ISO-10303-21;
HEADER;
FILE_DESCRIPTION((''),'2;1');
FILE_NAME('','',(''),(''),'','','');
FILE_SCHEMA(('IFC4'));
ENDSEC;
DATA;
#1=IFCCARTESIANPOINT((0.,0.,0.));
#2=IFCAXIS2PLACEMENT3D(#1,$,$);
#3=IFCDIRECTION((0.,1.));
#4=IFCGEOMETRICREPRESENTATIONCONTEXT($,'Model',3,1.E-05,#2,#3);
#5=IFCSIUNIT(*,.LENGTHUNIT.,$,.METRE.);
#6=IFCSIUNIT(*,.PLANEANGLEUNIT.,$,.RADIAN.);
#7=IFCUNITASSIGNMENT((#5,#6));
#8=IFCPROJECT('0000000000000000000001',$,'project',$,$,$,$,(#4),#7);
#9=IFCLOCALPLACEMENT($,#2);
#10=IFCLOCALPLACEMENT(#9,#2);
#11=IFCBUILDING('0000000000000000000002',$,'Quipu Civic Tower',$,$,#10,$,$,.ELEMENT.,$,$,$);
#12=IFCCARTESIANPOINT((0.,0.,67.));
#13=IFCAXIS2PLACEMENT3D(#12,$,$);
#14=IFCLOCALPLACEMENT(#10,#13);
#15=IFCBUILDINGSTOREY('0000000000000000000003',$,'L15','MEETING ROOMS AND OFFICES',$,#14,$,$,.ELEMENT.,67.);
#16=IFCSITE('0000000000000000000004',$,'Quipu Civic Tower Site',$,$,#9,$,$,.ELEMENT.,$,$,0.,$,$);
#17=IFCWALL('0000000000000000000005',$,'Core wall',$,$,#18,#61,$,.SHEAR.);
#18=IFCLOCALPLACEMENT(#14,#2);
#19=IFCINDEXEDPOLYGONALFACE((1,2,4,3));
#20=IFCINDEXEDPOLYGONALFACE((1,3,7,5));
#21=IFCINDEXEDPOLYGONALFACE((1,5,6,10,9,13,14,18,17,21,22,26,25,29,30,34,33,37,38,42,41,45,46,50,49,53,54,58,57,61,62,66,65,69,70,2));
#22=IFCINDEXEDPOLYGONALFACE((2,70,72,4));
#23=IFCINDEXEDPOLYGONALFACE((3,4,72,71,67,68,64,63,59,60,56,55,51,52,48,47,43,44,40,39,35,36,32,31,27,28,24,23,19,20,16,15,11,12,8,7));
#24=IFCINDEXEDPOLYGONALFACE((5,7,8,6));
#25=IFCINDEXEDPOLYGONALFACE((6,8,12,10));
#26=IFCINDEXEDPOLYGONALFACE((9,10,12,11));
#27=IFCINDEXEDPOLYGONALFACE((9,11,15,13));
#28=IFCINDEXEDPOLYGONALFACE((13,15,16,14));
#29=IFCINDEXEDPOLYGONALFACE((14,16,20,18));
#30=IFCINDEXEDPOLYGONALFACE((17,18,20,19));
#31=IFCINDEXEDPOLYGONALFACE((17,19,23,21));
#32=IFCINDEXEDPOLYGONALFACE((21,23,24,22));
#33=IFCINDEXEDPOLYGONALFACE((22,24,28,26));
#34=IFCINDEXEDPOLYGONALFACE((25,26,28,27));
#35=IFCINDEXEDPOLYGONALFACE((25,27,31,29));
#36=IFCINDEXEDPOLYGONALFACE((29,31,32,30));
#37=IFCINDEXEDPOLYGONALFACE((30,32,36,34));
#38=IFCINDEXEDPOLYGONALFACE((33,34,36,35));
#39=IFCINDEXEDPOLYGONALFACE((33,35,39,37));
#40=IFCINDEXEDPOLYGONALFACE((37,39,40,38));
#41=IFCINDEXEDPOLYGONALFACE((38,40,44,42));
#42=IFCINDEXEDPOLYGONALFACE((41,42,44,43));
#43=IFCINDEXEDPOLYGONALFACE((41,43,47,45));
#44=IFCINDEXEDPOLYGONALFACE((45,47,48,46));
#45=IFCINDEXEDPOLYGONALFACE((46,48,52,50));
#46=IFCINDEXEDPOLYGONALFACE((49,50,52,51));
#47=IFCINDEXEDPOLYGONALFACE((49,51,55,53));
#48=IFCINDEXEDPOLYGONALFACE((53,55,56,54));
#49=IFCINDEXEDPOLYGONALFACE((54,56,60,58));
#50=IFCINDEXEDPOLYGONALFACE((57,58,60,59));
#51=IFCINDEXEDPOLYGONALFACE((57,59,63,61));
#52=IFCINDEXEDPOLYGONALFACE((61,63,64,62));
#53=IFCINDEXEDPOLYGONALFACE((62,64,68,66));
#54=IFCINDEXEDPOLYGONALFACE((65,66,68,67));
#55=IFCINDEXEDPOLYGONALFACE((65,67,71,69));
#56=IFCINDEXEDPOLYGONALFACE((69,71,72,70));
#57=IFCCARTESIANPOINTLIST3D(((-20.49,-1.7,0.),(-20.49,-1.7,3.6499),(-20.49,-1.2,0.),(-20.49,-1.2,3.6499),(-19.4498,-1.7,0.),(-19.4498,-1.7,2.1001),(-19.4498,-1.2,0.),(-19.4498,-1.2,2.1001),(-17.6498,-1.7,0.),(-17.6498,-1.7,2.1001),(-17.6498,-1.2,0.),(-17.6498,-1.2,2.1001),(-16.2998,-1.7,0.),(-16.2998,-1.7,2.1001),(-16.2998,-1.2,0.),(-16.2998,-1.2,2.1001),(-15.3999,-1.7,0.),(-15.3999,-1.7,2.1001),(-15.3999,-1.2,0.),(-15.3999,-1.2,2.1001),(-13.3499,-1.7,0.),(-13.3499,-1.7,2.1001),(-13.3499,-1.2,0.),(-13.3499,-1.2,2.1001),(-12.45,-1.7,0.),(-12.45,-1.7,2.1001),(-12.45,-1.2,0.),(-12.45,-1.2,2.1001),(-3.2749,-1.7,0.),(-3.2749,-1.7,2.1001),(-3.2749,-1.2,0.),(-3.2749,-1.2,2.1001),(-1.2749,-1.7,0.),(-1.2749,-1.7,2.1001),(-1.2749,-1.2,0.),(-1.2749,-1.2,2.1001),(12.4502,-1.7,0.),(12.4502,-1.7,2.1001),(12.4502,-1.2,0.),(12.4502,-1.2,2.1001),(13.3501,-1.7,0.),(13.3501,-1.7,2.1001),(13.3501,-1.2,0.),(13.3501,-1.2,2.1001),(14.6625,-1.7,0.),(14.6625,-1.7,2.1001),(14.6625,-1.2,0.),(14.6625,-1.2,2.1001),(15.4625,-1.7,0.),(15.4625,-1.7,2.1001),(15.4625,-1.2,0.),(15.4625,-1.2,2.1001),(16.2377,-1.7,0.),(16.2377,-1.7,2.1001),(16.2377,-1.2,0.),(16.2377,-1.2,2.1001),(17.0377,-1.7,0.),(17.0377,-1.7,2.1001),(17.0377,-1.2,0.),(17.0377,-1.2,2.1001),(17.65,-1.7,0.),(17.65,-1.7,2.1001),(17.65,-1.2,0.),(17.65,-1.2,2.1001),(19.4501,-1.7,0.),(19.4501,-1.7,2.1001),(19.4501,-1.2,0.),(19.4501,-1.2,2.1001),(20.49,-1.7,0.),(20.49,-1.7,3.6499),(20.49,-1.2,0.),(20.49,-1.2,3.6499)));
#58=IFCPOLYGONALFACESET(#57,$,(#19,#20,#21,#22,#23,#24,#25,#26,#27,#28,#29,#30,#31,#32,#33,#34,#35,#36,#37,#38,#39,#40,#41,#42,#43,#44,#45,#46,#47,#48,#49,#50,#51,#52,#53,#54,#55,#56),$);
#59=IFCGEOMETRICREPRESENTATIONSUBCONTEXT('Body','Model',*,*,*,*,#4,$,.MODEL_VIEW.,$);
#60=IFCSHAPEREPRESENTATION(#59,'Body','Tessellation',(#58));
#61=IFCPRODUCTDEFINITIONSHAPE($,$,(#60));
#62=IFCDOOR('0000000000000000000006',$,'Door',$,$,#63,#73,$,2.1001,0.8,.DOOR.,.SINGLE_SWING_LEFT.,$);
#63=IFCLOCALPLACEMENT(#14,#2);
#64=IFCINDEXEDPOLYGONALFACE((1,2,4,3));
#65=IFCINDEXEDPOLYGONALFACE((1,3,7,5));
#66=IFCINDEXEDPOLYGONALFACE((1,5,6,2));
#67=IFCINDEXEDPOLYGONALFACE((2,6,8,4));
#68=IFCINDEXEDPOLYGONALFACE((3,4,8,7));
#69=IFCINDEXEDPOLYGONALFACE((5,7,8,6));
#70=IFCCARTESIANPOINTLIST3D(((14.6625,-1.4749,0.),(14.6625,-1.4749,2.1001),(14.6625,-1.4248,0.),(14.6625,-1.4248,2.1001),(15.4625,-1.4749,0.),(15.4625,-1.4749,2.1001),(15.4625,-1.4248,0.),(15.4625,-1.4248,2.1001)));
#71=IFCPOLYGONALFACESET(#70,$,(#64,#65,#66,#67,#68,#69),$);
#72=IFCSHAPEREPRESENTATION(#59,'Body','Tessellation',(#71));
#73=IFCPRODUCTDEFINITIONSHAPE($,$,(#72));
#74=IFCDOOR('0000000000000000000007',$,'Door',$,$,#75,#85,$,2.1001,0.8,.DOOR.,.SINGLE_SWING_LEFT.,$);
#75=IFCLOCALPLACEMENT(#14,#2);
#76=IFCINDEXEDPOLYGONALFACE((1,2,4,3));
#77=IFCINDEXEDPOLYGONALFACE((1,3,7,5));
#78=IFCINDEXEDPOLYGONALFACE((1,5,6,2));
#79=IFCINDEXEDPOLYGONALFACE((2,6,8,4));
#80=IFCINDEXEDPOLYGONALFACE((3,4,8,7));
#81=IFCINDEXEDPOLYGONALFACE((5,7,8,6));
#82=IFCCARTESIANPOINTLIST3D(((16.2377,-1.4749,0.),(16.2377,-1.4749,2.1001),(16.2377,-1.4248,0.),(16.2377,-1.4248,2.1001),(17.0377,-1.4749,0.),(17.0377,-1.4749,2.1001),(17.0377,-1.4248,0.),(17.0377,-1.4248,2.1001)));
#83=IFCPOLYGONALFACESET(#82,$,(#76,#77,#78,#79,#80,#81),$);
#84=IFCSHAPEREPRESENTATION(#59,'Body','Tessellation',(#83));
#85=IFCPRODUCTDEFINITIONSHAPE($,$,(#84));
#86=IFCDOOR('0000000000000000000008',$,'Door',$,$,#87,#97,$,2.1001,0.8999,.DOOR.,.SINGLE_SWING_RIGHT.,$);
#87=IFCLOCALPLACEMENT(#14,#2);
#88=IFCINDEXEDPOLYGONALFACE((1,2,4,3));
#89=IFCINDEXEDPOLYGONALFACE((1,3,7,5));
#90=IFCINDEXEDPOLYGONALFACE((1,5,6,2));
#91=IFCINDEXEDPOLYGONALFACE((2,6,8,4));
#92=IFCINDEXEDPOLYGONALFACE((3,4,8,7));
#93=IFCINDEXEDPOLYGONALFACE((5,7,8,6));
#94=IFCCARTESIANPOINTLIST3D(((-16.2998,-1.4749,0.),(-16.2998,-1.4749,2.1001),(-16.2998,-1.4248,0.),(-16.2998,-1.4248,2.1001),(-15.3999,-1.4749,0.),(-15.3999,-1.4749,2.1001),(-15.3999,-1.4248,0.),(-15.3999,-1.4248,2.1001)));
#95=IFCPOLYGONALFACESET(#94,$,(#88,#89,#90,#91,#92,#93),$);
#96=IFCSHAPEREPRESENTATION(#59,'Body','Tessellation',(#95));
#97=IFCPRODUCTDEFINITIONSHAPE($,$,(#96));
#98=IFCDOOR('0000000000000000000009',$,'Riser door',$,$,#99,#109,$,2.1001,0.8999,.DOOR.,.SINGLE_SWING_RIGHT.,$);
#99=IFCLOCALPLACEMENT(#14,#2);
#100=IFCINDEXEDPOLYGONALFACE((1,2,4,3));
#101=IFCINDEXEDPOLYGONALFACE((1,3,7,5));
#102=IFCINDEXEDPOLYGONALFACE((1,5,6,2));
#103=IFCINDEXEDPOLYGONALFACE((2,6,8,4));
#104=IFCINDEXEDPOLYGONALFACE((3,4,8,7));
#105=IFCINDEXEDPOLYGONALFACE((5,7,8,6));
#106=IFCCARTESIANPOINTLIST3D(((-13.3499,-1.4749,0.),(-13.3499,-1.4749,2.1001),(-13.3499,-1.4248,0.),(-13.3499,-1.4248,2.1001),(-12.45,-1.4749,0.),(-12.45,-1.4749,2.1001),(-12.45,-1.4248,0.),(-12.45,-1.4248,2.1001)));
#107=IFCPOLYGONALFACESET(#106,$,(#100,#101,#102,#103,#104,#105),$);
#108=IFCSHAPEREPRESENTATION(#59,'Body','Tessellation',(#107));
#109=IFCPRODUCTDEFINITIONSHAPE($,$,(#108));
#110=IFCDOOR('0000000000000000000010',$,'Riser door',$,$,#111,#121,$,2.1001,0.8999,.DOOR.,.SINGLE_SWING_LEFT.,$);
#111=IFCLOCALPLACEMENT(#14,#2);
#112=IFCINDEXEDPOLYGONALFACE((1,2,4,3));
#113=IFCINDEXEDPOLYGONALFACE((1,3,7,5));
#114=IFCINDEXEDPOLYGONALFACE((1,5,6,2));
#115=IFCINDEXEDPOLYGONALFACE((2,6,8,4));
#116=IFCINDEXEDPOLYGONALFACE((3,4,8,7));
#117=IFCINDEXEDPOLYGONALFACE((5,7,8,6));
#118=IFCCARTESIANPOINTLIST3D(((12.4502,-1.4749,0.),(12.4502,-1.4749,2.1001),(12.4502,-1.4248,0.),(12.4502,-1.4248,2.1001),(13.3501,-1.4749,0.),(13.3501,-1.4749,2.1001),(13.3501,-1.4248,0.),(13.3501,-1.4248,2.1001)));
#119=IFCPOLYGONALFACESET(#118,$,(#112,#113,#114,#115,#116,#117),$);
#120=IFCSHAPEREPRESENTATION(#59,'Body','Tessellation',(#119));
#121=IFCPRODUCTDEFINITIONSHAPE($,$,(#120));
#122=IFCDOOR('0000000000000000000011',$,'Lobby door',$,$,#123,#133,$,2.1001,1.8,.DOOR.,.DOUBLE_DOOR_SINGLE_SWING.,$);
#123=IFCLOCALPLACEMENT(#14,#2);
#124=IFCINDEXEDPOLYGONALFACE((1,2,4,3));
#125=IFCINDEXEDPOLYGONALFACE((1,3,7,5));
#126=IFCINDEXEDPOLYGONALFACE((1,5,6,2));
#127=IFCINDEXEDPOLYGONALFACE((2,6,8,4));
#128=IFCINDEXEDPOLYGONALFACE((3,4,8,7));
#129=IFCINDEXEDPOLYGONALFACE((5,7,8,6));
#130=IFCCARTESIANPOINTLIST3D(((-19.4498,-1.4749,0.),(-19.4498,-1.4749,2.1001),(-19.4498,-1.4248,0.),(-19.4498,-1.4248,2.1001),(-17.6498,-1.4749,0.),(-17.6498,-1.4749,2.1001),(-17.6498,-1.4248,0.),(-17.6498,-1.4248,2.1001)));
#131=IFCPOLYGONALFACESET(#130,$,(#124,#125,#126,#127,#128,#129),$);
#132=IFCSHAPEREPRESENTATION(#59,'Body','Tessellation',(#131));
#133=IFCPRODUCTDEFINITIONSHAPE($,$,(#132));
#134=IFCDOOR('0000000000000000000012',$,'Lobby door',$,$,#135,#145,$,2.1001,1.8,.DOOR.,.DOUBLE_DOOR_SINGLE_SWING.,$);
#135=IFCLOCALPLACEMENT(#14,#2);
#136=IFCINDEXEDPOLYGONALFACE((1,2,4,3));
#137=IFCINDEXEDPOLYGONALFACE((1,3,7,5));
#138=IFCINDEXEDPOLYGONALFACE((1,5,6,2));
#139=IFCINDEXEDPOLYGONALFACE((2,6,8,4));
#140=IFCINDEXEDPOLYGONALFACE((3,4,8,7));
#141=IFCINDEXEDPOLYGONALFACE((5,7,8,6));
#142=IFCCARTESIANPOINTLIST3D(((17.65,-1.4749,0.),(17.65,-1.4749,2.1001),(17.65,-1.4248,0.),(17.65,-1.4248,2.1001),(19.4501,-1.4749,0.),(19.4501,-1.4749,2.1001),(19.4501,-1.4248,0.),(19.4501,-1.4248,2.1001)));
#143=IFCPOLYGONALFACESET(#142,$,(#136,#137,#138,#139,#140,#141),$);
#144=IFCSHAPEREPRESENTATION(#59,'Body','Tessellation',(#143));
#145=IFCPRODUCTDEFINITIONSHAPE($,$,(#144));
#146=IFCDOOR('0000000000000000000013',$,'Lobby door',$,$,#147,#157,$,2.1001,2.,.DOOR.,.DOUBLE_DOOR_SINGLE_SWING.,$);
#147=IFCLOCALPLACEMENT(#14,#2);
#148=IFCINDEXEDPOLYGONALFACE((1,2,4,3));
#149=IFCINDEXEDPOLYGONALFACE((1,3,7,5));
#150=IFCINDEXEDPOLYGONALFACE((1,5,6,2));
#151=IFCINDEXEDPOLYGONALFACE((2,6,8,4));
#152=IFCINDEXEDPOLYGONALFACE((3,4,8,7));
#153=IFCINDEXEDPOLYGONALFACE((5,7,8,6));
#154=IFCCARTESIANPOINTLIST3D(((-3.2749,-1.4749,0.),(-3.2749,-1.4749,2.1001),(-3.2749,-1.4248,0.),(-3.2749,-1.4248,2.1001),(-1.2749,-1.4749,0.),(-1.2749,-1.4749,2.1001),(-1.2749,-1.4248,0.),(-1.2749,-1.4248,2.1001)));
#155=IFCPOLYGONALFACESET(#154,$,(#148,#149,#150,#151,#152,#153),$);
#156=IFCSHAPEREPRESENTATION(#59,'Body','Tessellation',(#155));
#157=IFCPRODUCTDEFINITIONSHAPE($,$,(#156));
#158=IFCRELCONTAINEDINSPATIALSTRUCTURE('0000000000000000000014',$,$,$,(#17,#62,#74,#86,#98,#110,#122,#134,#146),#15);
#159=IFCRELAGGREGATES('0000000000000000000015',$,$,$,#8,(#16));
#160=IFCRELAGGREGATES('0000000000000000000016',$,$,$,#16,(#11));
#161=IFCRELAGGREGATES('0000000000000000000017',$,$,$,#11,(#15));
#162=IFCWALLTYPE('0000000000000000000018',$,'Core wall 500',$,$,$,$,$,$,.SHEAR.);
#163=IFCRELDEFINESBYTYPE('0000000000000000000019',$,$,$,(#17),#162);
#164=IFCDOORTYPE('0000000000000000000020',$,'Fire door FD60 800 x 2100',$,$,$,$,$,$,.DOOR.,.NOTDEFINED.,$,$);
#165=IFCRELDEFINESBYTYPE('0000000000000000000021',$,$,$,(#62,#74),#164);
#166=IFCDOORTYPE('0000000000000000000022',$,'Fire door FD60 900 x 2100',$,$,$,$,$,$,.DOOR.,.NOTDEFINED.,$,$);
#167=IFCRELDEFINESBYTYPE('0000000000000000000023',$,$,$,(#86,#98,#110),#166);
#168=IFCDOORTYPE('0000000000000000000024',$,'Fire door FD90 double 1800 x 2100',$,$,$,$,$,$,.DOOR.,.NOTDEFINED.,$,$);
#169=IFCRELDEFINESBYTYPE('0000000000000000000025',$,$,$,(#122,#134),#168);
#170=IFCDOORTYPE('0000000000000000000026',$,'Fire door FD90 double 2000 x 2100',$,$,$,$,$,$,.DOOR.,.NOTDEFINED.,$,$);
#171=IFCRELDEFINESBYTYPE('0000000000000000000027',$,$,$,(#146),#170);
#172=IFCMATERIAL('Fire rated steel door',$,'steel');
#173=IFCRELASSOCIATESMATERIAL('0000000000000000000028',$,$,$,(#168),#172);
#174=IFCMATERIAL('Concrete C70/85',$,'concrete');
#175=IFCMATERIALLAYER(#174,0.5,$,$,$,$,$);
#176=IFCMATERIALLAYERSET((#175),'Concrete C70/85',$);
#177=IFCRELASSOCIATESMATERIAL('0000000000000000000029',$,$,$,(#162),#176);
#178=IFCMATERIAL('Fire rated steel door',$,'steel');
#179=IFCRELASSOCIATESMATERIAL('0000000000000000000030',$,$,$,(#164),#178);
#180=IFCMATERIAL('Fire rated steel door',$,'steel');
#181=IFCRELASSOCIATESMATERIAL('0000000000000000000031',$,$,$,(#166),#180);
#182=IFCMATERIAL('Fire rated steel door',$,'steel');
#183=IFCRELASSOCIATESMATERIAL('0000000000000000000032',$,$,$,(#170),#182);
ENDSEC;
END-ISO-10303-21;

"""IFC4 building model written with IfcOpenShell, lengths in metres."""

from ifc_helpers import new_model, si_unit, direction, frame, frame_2d, origin, place, context, subcontext, project, spatial, rectangle, extrude, material, layer, layer_set, type_object, element, fill, save


model = new_model("IFC4")

# Units and contexts
model_context = context("Model", 3, precision=1e-05, world=origin(), true_north=direction((0.0, 1.0)))
body_context = subcontext(model_context, "Body", "Model", "MODEL_VIEW")
ifc_project = project(units=[si_unit("LENGTHUNIT", "METRE"), si_unit("PLANEANGLEUNIT", "RADIAN")], contexts=[model_context])

# Site, building, storey
site_placement = place(None, origin())
site = spatial("IfcSite", under=ifc_project, at=site_placement, Name="Quipu Civic Tower Site", CompositionType="ELEMENT", RefElevation=0.0)
building_placement = place(site_placement, origin())
building = spatial("IfcBuilding", under=site, at=building_placement, Name="Quipu Civic Tower", CompositionType="ELEMENT")
storey_placement = place(building_placement, frame((0.0, 0.0, 67.0)))
storey = spatial("IfcBuildingStorey", under=building, at=storey_placement, Name="L15", Description="MEETING ROOMS AND OFFICES", CompositionType="ELEMENT", Elevation=67.0)

# Shared definitions
ifc_material_1 = material(Name="Fire rated steel door", Category="steel")
door_type_1 = type_object("IfcDoorType", Name="Fire door FD90 double 1800 x 2100", OperationType="NOTDEFINED", PredefinedType="DOOR", material=ifc_material_1)

# Wall, openings, doors
ifc_material_2 = material(Name="Concrete C70/85", Category="concrete")
ifc_layer_1 = layer(ifc_material_2, 0.5)
ifc_layer_set_1 = layer_set([ifc_layer_1], Name="Concrete C70/85")
wall_type_1 = type_object("IfcWallType", Name="Core wall 500", PredefinedType="SHEAR", material=ifc_layer_set_1)
wall_1_placement = place(storey_placement, frame((20.49, -1.45, 0.0), z_axis=(0.0, 0.0, 1.0), x_axis=(-1.0, 0.0, 0.0)))
wall_1 = element("IfcWall", 1, at=wall_1_placement, inside=storey, type_object=wall_type_1, Name="Core wall", PredefinedType="SHEAR", context=body_context, shape_type="SweptSolid", body=[
    extrude(rectangle(XDim=40.98, YDim=0.5, at=frame_2d((20.49, 0.0))), origin(), (0.0, 0.0, 1.0), 3.6499),
])
opening_1_placement = place(wall_1_placement, frame((38.1399, 0.0, 0.0)))
opening_1 = element("IfcOpeningElement", 2, at=opening_1_placement, cuts=wall_1, PredefinedType="OPENING", context=body_context, shape_type="SweptSolid", body=[
    extrude(rectangle(XDim=1.8, YDim=2.1001, at=frame_2d((0.8999, 1.05))), frame((0.0, 0.26, 0.0), z_axis=(0.0, -1.0, 0.0), x_axis=(1.0, 0.0, 0.0)), (0.0, 0.0, 1.0), 0.52),
])
opening_2_placement = place(wall_1_placement, frame((35.8899, 0.0, 0.0)))
opening_2 = element("IfcOpeningElement", 3, at=opening_2_placement, cuts=wall_1, PredefinedType="OPENING", context=body_context, shape_type="SweptSolid", body=[
    extrude(rectangle(XDim=0.8999, YDim=2.1001, at=frame_2d((0.45, 1.05))), frame((0.0, 0.26, 0.0), z_axis=(0.0, -1.0, 0.0), x_axis=(1.0, 0.0, 0.0)), (0.0, 0.0, 1.0), 0.52),
])
opening_3_placement = place(wall_1_placement, frame((32.9399, 0.0, 0.0)))
opening_3 = element("IfcOpeningElement", 4, at=opening_3_placement, cuts=wall_1, PredefinedType="OPENING", context=body_context, shape_type="SweptSolid", body=[
    extrude(rectangle(XDim=0.8999, YDim=2.1001, at=frame_2d((0.45, 1.05))), frame((0.0, 0.26, 0.0), z_axis=(0.0, -1.0, 0.0), x_axis=(1.0, 0.0, 0.0)), (0.0, 0.0, 1.0), 0.52),
])
opening_4_placement = place(wall_1_placement, frame((21.7649, 0.0, 0.0)))
opening_4 = element("IfcOpeningElement", 5, at=opening_4_placement, cuts=wall_1, PredefinedType="OPENING", context=body_context, shape_type="SweptSolid", body=[
    extrude(rectangle(XDim=2.0, YDim=2.1001, at=frame_2d((1.0, 1.05))), frame((0.0, 0.26, 0.0), z_axis=(0.0, -1.0, 0.0), x_axis=(1.0, 0.0, 0.0)), (0.0, 0.0, 1.0), 0.52),
])
opening_5_placement = place(wall_1_placement, frame((7.1399, 0.0, 0.0)))
opening_5 = element("IfcOpeningElement", 6, at=opening_5_placement, cuts=wall_1, PredefinedType="OPENING", context=body_context, shape_type="SweptSolid", body=[
    extrude(rectangle(XDim=0.8999, YDim=2.1001, at=frame_2d((0.45, 1.05))), frame((0.0, 0.26, 0.0), z_axis=(0.0, -1.0, 0.0), x_axis=(1.0, 0.0, 0.0)), (0.0, 0.0, 1.0), 0.52),
])
opening_6_placement = place(wall_1_placement, frame((5.0276, 0.0, 0.0)))
opening_6 = element("IfcOpeningElement", 7, at=opening_6_placement, cuts=wall_1, PredefinedType="OPENING", context=body_context, shape_type="SweptSolid", body=[
    extrude(rectangle(XDim=0.8, YDim=2.1001, at=frame_2d((0.3999, 1.05))), frame((0.0, 0.26, 0.0), z_axis=(0.0, -1.0, 0.0), x_axis=(1.0, 0.0, 0.0)), (0.0, 0.0, 1.0), 0.52),
])
opening_7_placement = place(wall_1_placement, frame((3.4524, 0.0, 0.0)))
opening_7 = element("IfcOpeningElement", 8, at=opening_7_placement, cuts=wall_1, PredefinedType="OPENING", context=body_context, shape_type="SweptSolid", body=[
    extrude(rectangle(XDim=0.8, YDim=2.1001, at=frame_2d((0.3999, 1.05))), frame((0.0, 0.26, 0.0), z_axis=(0.0, -1.0, 0.0), x_axis=(1.0, 0.0, 0.0)), (0.0, 0.0, 1.0), 0.52),
])
opening_8_placement = place(wall_1_placement, frame((1.04, 0.0, 0.0)))
opening_8 = element("IfcOpeningElement", 9, at=opening_8_placement, cuts=wall_1, PredefinedType="OPENING", context=body_context, shape_type="SweptSolid", body=[
    extrude(rectangle(XDim=1.8, YDim=2.1001, at=frame_2d((0.8999, 1.05))), frame((0.0, 0.26, 0.0), z_axis=(0.0, -1.0, 0.0), x_axis=(1.0, 0.0, 0.0)), (0.0, 0.0, 1.0), 0.52),
])
ifc_material_3 = material(Name="Fire rated steel door", Category="steel")
door_type_2 = type_object("IfcDoorType", Name="Fire door FD60 800 x 2100", OperationType="NOTDEFINED", PredefinedType="DOOR", material=ifc_material_3)
door_1_placement = place(opening_6_placement, origin())
door_1 = element("IfcDoor", 10, at=door_1_placement, inside=storey, type_object=door_type_2, Name="Door", OperationType="SINGLE_SWING_LEFT", OverallHeight=2.1001, OverallWidth=0.8, PredefinedType="DOOR", context=body_context, shape_type="SweptSolid", body=[
    extrude(rectangle(XDim=0.8, YDim=2.1001, at=frame_2d((0.3999, 1.05))), frame((0.0, 0.0249, 0.0), z_axis=(0.0, -1.0, 0.0), x_axis=(1.0, 0.0, 0.0)), (0.0, 0.0, 1.0), 0.05),
])
fill(opening_6, door_1)
door_2_placement = place(opening_7_placement, origin())
door_2 = element("IfcDoor", 11, at=door_2_placement, inside=storey, type_object=door_type_2, Name="Door", OperationType="SINGLE_SWING_LEFT", OverallHeight=2.1001, OverallWidth=0.8, PredefinedType="DOOR", context=body_context, shape_type="SweptSolid", body=[
    extrude(rectangle(XDim=0.8, YDim=2.1001, at=frame_2d((0.3999, 1.05))), frame((0.0, 0.0249, 0.0), z_axis=(0.0, -1.0, 0.0), x_axis=(1.0, 0.0, 0.0)), (0.0, 0.0, 1.0), 0.05),
])
fill(opening_7, door_2)
ifc_material_4 = material(Name="Fire rated steel door", Category="steel")
door_type_3 = type_object("IfcDoorType", Name="Fire door FD60 900 x 2100", OperationType="NOTDEFINED", PredefinedType="DOOR", material=ifc_material_4)
door_3_placement = place(opening_2_placement, origin())
door_3 = element("IfcDoor", 12, at=door_3_placement, inside=storey, type_object=door_type_3, Name="Door", OperationType="SINGLE_SWING_RIGHT", OverallHeight=2.1001, OverallWidth=0.8999, PredefinedType="DOOR", context=body_context, shape_type="SweptSolid", body=[
    extrude(rectangle(XDim=0.8999, YDim=2.1001, at=frame_2d((0.45, 1.05))), frame((0.0, 0.0249, 0.0), z_axis=(0.0, -1.0, 0.0), x_axis=(1.0, 0.0, 0.0)), (0.0, 0.0, 1.0), 0.05),
])
fill(opening_2, door_3)
door_4_placement = place(opening_3_placement, origin())
door_4 = element("IfcDoor", 13, at=door_4_placement, inside=storey, type_object=door_type_3, Name="Riser door", OperationType="SINGLE_SWING_RIGHT", OverallHeight=2.1001, OverallWidth=0.8999, PredefinedType="DOOR", context=body_context, shape_type="SweptSolid", body=[
    extrude(rectangle(XDim=0.8999, YDim=2.1001, at=frame_2d((0.45, 1.05))), frame((0.0, 0.0249, 0.0), z_axis=(0.0, -1.0, 0.0), x_axis=(1.0, 0.0, 0.0)), (0.0, 0.0, 1.0), 0.05),
])
fill(opening_3, door_4)
door_5_placement = place(opening_5_placement, origin())
door_5 = element("IfcDoor", 14, at=door_5_placement, inside=storey, type_object=door_type_3, Name="Riser door", OperationType="SINGLE_SWING_LEFT", OverallHeight=2.1001, OverallWidth=0.8999, PredefinedType="DOOR", context=body_context, shape_type="SweptSolid", body=[
    extrude(rectangle(XDim=0.8999, YDim=2.1001, at=frame_2d((0.45, 1.05))), frame((0.0, 0.0249, 0.0), z_axis=(0.0, -1.0, 0.0), x_axis=(1.0, 0.0, 0.0)), (0.0, 0.0, 1.0), 0.05),
])
fill(opening_5, door_5)
door_6_placement = place(opening_1_placement, origin())
door_6 = element("IfcDoor", 15, at=door_6_placement, inside=storey, type_object=door_type_1, Name="Lobby door", OperationType="DOUBLE_DOOR_SINGLE_SWING", OverallHeight=2.1001, OverallWidth=1.8, PredefinedType="DOOR", context=body_context, shape_type="SweptSolid", body=[
    extrude(rectangle(XDim=1.8, YDim=2.1001, at=frame_2d((0.8999, 1.05))), frame((0.0, 0.0249, 0.0), z_axis=(0.0, -1.0, 0.0), x_axis=(1.0, 0.0, 0.0)), (0.0, 0.0, 1.0), 0.05),
])
fill(opening_1, door_6)
door_7_placement = place(opening_8_placement, origin())
door_7 = element("IfcDoor", 16, at=door_7_placement, inside=storey, type_object=door_type_1, Name="Lobby door", OperationType="DOUBLE_DOOR_SINGLE_SWING", OverallHeight=2.1001, OverallWidth=1.8, PredefinedType="DOOR", context=body_context, shape_type="SweptSolid", body=[
    extrude(rectangle(XDim=1.8, YDim=2.1001, at=frame_2d((0.8999, 1.05))), frame((0.0, 0.0249, 0.0), z_axis=(0.0, -1.0, 0.0), x_axis=(1.0, 0.0, 0.0)), (0.0, 0.0, 1.0), 0.05),
])
fill(opening_8, door_7)
ifc_material_5 = material(Name="Fire rated steel door", Category="steel")
door_type_4 = type_object("IfcDoorType", Name="Fire door FD90 double 2000 x 2100", OperationType="NOTDEFINED", PredefinedType="DOOR", material=ifc_material_5)
door_8_placement = place(opening_4_placement, origin())
door_8 = element("IfcDoor", 17, at=door_8_placement, inside=storey, type_object=door_type_4, Name="Lobby door", OperationType="DOUBLE_DOOR_SINGLE_SWING", OverallHeight=2.1001, OverallWidth=2.0, PredefinedType="DOOR", context=body_context, shape_type="SweptSolid", body=[
    extrude(rectangle(XDim=2.0, YDim=2.1001, at=frame_2d((1.0, 1.05))), frame((0.0, 0.0249, 0.0), z_axis=(0.0, -1.0, 0.0), x_axis=(1.0, 0.0, 0.0)), (0.0, 0.0, 1.0), 0.05),
])
fill(opening_4, door_8)

save(model, "model.ifc")
